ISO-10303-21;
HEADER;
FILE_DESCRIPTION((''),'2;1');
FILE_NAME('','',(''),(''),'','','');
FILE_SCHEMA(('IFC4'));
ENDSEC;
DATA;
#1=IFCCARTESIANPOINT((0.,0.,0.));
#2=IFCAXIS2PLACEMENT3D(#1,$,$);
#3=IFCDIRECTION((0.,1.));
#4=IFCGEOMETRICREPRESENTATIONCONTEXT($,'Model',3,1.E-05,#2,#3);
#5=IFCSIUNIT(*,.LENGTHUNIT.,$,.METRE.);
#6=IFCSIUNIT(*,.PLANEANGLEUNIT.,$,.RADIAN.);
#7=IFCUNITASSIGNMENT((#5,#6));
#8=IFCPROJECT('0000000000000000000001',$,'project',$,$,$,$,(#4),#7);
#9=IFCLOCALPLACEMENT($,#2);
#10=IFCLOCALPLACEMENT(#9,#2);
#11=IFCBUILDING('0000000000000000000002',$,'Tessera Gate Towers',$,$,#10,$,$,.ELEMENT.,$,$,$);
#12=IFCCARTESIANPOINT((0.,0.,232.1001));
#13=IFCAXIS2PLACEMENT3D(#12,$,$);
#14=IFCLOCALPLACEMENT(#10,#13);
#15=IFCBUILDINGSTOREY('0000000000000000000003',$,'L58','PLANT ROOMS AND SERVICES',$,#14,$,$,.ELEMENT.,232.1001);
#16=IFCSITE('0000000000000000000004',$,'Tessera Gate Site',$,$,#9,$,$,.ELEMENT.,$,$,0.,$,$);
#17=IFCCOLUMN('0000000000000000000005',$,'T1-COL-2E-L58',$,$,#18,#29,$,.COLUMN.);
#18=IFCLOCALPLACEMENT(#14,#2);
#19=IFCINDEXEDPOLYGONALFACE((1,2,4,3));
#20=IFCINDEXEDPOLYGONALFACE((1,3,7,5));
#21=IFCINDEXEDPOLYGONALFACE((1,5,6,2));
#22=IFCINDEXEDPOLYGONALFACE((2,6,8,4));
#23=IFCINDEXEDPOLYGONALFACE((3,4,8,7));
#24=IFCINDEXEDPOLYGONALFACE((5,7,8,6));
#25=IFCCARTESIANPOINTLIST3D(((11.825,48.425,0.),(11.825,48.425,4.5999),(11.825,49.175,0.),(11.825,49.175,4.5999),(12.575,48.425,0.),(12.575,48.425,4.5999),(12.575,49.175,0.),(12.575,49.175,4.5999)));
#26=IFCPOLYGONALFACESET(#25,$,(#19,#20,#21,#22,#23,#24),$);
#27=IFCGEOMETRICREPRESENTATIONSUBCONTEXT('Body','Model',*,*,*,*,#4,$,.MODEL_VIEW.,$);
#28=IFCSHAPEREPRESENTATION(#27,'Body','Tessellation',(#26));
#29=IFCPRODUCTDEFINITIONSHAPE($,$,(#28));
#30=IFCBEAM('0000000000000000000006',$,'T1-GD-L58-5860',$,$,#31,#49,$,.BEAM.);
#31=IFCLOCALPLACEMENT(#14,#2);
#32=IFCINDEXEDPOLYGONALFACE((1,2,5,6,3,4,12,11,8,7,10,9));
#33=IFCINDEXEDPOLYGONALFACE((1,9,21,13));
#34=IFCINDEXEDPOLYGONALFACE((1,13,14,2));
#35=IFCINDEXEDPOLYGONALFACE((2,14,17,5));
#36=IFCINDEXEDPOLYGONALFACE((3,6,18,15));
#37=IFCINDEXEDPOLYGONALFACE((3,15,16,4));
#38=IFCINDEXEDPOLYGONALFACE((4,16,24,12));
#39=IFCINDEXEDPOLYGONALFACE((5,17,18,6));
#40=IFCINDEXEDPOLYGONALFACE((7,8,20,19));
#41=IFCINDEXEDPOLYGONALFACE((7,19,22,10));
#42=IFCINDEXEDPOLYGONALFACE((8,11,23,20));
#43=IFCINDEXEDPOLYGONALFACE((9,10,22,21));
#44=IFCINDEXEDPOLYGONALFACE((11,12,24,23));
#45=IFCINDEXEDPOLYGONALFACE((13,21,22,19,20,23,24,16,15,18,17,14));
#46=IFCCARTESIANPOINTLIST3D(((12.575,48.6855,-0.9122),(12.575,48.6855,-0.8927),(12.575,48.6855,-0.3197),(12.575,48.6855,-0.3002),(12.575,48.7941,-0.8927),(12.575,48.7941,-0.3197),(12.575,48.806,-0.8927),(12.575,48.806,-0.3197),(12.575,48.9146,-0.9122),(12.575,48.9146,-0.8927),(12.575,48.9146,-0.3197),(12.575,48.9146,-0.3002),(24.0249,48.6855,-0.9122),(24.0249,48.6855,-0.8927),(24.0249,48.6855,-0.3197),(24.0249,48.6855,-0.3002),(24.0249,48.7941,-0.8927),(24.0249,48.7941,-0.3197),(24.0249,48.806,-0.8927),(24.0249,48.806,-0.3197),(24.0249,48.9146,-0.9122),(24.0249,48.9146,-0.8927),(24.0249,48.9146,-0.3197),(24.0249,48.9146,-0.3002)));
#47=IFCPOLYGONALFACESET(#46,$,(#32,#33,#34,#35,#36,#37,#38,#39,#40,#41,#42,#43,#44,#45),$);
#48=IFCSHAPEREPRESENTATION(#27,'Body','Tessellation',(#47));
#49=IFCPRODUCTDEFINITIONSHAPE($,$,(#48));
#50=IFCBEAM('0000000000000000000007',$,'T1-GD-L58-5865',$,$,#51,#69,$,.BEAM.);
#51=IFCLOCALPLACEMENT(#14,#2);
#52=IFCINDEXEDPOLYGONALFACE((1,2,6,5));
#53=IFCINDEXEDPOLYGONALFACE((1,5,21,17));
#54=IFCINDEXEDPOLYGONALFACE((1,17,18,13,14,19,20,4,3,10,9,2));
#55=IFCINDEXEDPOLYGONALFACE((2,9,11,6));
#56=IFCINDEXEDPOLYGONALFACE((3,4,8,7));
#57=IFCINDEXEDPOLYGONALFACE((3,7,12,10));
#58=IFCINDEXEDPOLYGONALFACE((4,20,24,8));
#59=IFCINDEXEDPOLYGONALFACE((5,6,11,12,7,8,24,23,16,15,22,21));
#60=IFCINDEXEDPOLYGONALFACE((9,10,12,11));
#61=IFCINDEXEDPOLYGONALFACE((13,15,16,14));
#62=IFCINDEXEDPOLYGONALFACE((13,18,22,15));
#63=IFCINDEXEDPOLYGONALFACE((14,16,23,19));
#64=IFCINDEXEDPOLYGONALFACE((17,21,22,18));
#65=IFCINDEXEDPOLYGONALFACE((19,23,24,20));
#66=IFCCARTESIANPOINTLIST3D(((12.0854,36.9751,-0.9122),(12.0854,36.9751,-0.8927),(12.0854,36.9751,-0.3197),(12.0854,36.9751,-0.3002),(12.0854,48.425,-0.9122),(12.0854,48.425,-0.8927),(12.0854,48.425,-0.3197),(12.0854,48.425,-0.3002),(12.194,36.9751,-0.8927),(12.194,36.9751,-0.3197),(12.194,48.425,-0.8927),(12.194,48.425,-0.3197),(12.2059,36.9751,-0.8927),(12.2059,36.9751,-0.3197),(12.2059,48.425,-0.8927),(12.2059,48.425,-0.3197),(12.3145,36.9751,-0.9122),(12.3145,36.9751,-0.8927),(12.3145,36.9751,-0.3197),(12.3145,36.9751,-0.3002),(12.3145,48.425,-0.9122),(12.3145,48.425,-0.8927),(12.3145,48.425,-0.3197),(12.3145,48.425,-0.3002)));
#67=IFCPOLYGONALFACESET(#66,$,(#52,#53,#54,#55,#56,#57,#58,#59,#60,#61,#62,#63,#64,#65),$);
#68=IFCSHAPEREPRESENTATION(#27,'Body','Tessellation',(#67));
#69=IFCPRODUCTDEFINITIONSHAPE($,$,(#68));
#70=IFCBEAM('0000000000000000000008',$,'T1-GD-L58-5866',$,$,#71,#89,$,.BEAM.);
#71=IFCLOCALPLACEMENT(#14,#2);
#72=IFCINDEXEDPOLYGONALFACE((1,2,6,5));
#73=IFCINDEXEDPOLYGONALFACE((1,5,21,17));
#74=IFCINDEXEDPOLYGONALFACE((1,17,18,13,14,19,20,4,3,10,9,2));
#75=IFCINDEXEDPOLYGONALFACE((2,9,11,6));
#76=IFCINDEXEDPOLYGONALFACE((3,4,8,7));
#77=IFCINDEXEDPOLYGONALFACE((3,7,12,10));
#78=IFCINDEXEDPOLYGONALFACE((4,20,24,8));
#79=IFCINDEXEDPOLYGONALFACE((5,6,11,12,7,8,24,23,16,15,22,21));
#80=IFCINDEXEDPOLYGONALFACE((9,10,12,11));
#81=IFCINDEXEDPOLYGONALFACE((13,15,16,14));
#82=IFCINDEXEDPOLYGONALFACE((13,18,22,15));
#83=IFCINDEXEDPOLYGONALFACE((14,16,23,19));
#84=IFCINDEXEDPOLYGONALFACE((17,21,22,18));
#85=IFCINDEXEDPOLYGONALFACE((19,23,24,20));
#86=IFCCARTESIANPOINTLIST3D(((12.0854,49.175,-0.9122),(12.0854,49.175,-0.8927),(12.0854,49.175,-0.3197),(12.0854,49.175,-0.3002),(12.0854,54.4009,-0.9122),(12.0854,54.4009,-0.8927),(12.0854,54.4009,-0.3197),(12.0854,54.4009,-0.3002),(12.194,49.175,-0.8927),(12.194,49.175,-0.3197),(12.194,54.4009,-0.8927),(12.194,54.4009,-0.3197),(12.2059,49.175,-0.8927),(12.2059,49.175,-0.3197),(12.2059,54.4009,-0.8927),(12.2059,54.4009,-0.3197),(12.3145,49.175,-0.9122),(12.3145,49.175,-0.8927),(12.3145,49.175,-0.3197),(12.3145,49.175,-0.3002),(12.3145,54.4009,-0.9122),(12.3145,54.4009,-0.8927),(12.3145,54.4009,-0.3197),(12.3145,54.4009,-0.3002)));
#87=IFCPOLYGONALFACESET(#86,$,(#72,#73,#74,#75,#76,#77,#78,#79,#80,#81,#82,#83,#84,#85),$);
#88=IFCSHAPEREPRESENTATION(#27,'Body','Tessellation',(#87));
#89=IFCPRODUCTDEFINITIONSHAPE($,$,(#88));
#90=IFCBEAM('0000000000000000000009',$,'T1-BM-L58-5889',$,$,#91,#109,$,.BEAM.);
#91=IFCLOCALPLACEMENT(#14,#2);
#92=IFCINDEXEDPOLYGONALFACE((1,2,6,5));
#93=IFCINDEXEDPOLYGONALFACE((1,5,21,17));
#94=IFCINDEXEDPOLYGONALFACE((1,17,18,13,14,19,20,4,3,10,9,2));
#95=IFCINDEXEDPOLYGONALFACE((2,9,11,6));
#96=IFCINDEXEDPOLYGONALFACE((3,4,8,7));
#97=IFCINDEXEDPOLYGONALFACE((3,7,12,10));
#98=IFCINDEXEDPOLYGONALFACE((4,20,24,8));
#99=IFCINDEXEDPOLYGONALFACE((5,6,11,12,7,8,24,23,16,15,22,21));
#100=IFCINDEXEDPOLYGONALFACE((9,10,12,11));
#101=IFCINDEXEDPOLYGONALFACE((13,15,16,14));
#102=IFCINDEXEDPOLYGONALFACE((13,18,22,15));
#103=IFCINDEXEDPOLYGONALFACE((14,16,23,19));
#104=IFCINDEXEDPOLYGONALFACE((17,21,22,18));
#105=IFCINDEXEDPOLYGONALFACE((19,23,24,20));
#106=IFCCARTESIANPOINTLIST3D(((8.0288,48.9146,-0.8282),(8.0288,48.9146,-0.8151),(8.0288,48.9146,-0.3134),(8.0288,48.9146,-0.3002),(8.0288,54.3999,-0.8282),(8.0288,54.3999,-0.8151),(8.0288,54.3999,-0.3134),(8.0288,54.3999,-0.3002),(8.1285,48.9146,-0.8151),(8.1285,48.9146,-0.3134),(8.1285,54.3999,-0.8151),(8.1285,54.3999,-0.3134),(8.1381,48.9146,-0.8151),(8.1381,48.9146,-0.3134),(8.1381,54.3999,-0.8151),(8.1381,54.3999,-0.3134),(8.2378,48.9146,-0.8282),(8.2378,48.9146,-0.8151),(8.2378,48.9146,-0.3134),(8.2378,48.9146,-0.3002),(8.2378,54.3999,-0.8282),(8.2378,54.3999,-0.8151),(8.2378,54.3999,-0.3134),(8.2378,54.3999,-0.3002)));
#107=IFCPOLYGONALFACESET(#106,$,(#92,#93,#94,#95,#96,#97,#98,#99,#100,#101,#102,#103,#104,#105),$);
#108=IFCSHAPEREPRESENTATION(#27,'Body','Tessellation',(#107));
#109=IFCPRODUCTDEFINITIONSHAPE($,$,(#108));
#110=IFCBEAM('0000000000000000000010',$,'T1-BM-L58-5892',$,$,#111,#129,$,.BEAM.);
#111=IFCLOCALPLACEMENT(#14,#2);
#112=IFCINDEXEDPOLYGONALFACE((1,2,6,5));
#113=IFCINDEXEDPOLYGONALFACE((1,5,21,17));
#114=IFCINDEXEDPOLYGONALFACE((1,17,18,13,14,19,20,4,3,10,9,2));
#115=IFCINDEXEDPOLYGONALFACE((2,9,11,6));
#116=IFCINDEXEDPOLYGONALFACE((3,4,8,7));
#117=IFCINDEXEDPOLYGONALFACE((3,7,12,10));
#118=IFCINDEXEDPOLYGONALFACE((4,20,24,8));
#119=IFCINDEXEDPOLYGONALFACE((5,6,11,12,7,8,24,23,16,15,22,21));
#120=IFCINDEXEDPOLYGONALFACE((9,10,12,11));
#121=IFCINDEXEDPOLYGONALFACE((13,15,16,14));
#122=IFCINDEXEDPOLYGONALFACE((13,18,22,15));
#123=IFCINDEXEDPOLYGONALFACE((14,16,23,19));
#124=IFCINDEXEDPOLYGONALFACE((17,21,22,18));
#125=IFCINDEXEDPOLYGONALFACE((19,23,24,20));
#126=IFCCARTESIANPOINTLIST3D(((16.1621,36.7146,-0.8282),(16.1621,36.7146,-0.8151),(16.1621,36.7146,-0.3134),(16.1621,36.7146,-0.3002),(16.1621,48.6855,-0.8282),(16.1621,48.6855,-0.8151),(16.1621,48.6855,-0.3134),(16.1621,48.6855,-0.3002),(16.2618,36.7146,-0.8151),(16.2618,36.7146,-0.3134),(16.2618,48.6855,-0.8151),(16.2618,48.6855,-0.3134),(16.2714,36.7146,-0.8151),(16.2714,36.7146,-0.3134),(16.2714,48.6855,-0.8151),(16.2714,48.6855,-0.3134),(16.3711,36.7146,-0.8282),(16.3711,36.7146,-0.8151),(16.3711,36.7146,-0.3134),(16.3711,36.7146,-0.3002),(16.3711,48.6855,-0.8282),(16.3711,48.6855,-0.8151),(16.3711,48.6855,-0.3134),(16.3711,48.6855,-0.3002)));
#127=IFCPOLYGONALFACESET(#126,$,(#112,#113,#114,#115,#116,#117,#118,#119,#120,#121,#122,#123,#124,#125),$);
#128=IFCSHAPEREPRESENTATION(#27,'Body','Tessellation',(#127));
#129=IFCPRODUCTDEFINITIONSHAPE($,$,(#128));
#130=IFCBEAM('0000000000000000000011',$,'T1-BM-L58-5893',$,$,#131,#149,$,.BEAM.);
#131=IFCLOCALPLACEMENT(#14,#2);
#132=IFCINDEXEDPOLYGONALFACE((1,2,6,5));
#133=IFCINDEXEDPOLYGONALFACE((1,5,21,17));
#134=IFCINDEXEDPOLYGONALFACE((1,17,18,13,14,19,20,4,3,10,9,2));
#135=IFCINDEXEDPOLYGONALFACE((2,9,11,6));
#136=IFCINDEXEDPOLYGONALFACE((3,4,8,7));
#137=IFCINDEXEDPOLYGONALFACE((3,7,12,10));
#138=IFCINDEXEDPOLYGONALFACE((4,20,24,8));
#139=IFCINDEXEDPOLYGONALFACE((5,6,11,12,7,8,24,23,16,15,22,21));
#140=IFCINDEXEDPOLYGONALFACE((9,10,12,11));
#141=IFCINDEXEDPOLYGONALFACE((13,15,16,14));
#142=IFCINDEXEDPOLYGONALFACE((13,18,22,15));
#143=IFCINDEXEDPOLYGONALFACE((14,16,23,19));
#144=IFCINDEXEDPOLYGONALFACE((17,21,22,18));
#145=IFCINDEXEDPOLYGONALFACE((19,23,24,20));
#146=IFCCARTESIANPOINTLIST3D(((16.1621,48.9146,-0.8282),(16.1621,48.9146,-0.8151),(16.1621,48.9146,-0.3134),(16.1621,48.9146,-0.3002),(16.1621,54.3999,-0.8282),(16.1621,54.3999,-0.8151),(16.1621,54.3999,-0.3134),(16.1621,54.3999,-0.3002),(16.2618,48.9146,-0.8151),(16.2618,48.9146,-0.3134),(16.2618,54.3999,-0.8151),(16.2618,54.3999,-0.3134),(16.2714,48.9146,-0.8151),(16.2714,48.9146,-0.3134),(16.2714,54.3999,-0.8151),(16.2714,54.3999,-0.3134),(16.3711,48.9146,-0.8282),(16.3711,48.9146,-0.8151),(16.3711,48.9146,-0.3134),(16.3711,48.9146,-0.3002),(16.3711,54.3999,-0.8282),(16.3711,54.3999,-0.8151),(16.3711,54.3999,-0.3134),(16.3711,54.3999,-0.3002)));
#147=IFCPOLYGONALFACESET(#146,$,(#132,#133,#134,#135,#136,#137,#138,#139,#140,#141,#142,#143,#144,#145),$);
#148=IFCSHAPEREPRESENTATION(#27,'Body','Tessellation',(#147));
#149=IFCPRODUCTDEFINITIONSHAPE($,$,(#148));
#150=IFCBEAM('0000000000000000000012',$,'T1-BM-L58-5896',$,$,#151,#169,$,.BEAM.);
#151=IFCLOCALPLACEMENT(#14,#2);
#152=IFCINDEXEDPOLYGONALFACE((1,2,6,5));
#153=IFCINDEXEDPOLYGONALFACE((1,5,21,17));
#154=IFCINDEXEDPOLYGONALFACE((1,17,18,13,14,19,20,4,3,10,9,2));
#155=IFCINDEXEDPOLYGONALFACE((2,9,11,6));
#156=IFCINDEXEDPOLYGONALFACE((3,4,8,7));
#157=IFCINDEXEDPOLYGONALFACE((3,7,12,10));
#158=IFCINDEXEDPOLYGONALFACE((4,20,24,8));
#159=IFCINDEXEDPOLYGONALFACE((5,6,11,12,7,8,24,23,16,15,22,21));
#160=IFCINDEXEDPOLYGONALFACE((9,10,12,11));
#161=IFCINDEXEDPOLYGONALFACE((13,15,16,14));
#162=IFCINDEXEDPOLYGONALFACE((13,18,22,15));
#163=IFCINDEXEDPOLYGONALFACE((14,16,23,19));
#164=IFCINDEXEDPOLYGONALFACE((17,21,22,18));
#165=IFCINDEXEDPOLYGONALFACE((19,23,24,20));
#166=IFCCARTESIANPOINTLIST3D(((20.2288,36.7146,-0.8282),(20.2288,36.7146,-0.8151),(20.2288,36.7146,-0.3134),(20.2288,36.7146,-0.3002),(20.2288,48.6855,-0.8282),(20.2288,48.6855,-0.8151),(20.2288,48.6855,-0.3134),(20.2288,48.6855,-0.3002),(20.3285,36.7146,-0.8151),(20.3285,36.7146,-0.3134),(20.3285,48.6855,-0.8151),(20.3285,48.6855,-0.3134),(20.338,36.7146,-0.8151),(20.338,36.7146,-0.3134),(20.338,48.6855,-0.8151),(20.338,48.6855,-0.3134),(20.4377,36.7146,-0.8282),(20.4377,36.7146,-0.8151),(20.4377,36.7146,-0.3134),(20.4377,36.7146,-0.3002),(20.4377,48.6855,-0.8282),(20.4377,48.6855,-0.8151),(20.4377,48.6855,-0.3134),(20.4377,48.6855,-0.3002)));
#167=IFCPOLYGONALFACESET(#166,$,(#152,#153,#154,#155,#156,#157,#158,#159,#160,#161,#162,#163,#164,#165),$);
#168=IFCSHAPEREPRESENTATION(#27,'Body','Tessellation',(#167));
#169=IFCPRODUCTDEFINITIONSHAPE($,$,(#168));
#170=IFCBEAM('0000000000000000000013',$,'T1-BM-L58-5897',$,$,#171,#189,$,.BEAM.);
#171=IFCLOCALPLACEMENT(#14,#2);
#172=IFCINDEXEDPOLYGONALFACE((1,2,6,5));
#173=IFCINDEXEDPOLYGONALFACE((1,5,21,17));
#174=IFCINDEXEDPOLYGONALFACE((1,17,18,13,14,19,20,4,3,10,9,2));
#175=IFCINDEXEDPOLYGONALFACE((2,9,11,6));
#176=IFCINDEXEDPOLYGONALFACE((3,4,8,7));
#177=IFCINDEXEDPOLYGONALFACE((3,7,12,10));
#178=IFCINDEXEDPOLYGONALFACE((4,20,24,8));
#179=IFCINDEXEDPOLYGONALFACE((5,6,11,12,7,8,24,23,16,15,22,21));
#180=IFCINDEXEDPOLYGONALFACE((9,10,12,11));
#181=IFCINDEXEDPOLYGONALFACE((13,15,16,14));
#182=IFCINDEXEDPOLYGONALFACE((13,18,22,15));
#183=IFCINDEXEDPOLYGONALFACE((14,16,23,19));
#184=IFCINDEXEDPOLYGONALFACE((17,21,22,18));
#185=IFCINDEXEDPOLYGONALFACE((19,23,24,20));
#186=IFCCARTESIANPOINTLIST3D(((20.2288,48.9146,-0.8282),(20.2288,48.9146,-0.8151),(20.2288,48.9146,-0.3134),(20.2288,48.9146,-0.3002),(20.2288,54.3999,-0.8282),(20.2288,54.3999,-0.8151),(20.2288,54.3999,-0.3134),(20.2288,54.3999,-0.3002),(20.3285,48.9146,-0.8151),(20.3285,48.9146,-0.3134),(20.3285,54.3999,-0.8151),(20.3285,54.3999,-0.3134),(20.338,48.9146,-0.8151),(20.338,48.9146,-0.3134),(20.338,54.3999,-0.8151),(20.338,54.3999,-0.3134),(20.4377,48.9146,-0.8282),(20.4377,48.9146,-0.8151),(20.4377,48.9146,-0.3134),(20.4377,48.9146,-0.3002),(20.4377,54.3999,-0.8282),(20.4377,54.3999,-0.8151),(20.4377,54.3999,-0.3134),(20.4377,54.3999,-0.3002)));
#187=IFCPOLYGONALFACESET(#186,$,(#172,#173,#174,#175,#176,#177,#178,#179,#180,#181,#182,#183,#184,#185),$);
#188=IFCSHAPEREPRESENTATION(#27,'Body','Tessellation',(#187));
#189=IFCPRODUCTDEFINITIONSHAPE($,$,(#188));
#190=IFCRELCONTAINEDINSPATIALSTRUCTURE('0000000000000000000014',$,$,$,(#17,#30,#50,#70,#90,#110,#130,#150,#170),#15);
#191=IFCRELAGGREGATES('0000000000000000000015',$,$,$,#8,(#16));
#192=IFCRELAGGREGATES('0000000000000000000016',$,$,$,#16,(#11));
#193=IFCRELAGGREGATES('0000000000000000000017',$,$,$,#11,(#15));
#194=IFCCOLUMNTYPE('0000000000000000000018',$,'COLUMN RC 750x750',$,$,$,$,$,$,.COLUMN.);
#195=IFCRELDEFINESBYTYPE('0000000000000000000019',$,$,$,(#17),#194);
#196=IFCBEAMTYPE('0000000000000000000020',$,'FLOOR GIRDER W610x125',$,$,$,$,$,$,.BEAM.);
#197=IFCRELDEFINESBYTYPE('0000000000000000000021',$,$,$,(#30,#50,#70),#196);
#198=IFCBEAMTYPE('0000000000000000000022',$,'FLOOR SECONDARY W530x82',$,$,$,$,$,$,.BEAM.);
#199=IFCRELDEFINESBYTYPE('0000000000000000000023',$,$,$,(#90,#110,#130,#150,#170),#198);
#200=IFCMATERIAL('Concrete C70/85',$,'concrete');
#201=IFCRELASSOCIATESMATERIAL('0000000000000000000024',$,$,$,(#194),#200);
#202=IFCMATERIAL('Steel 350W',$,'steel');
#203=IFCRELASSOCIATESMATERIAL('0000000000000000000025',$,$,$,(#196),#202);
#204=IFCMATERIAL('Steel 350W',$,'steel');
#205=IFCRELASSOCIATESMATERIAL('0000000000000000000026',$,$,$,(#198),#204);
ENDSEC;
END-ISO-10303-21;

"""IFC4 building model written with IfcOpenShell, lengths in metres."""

from ifc_helpers import new_model, si_unit, direction, frame, origin, origin_2d, place, context, subcontext, project, spatial, rectangle, i_section, extrude, material, material_profile, profile_set, type_object, element, save


model = new_model("IFC4")

# Units and contexts
model_context = context("Model", 3, precision=1e-05, world=origin(), true_north=direction((0.0, 1.0)))
body_context = subcontext(model_context, "Body", "Model", "MODEL_VIEW")
ifc_project = project(units=[si_unit("LENGTHUNIT", "METRE"), si_unit("PLANEANGLEUNIT", "RADIAN")], contexts=[model_context])

# Site, building, storey
site_placement = place(None, origin())
site = spatial("IfcSite", under=ifc_project, at=site_placement, Name="Tessera Gate Site", CompositionType="ELEMENT", RefElevation=0.0)
building_placement = place(site_placement, origin())
building = spatial("IfcBuilding", under=site, at=building_placement, Name="Tessera Gate Towers", CompositionType="ELEMENT")
storey_placement = place(building_placement, frame((0.0, 0.0, 232.1001)))
storey = spatial("IfcBuildingStorey", under=building, at=storey_placement, Name="L58", Description="PLANT ROOMS AND SERVICES", CompositionType="ELEMENT", Elevation=232.1001)

# Column
ifc_material_1 = material(Name="Concrete C70/85", Category="concrete")
ifc_material_profile_1 = material_profile(ifc_material_1, rectangle(XDim=0.75, YDim=0.75, at=origin_2d()), Name="RC 750x750")
ifc_profile_set_1 = profile_set([ifc_material_profile_1], Name="Concrete C70/85")
column_type = type_object("IfcColumnType", Name="COLUMN RC 750x750", PredefinedType="COLUMN", material=ifc_profile_set_1)
column_placement = place(storey_placement, frame((12.2, 48.8, 0.0), z_axis=(0.0, 0.0, 1.0), x_axis=(1.0, 0.0, 0.0)))
element("IfcColumn", 1, at=column_placement, inside=storey, type_object=column_type, Name="T1-COL-2E-L58", PredefinedType="COLUMN", context=body_context, shape_type="SweptSolid", body=[
    extrude(rectangle(XDim=0.75, YDim=0.75, at=origin_2d()), origin(), (0.0, 0.0, 1.0), 4.5999),
])

# Beams
ifc_material_2 = material(Name="Steel 350W", Category="steel")
ifc_material_profile_2 = material_profile(ifc_material_2, i_section(OverallWidth=0.229, OverallDepth=0.6121, WebThickness=0.012, FlangeThickness=0.0195, at=origin_2d()), Name="W610x125")
ifc_profile_set_2 = profile_set([ifc_material_profile_2], Name="Steel 350W")
beam_type_1 = type_object("IfcBeamType", Name="FLOOR GIRDER W610x125", PredefinedType="BEAM", material=ifc_profile_set_2)
for number, where, z_axis, x_axis, name in (
    (2, (12.575, 48.8, -0.6062), (1.0, 0.0, 0.0), (0.0, 1.0, 0.0), "T1-GD-L58-5860"),
    (3, (12.2, 36.9751, -0.6062), (0.0, 1.0, 0.0), (-1.0, 0.0, 0.0), "T1-GD-L58-5865"),
):
    element("IfcBeam", number, at=place(storey_placement, frame(where, z_axis=z_axis, x_axis=x_axis)), inside=storey, type_object=beam_type_1, Name=name, PredefinedType="BEAM", context=body_context, shape_type="SweptSolid", body=[
        extrude(i_section(OverallWidth=0.229, OverallDepth=0.6121, WebThickness=0.012, FlangeThickness=0.0195, at=origin_2d()), origin(), (0.0, 0.0, 1.0), 11.45),
    ])
beam_1_placement = place(storey_placement, frame((12.2, 49.175, -0.6062), z_axis=(0.0, 1.0, 0.0), x_axis=(-1.0, 0.0, 0.0)))
element("IfcBeam", 4, at=beam_1_placement, inside=storey, type_object=beam_type_1, Name="T1-GD-L58-5866", PredefinedType="BEAM", context=body_context, shape_type="SweptSolid", body=[
    extrude(i_section(OverallWidth=0.229, OverallDepth=0.6121, WebThickness=0.012, FlangeThickness=0.0195, at=origin_2d()), origin(), (0.0, 0.0, 1.0), 5.2258),
])
ifc_material_3 = material(Name="Steel 350W", Category="steel")
ifc_material_profile_3 = material_profile(ifc_material_3, i_section(OverallWidth=0.209, OverallDepth=0.5281, WebThickness=0.0095, FlangeThickness=0.0132, at=origin_2d()), Name="W530x82")
ifc_profile_set_3 = profile_set([ifc_material_profile_3], Name="Steel 350W")
beam_type_2 = type_object("IfcBeamType", Name="FLOOR SECONDARY W530x82", PredefinedType="BEAM", material=ifc_profile_set_3)
beam_2_placement = place(storey_placement, frame((8.1333, 48.9146, -0.5642), z_axis=(0.0, 1.0, 0.0), x_axis=(-1.0, 0.0, 0.0)))
element("IfcBeam", 5, at=beam_2_placement, inside=storey, type_object=beam_type_2, Name="T1-BM-L58-5889", PredefinedType="BEAM", context=body_context, shape_type="SweptSolid", body=[
    extrude(i_section(OverallWidth=0.209, OverallDepth=0.5281, WebThickness=0.0095, FlangeThickness=0.0132, at=origin_2d()), origin(), (0.0, 0.0, 1.0), 5.4854),
])
beam_3_placement = place(storey_placement, frame((16.2666, 36.7146, -0.5642), z_axis=(0.0, 1.0, 0.0), x_axis=(-1.0, 0.0, 0.0)))
element("IfcBeam", 6, at=beam_3_placement, inside=storey, type_object=beam_type_2, Name="T1-BM-L58-5892", PredefinedType="BEAM", context=body_context, shape_type="SweptSolid", body=[
    extrude(i_section(OverallWidth=0.209, OverallDepth=0.5281, WebThickness=0.0095, FlangeThickness=0.0132, at=origin_2d()), origin(), (0.0, 0.0, 1.0), 11.9709),
])
beam_4_placement = place(storey_placement, frame((16.2666, 48.9146, -0.5642), z_axis=(0.0, 1.0, 0.0), x_axis=(-1.0, 0.0, 0.0)))
element("IfcBeam", 7, at=beam_4_placement, inside=storey, type_object=beam_type_2, Name="T1-BM-L58-5893", PredefinedType="BEAM", context=body_context, shape_type="SweptSolid", body=[
    extrude(i_section(OverallWidth=0.209, OverallDepth=0.5281, WebThickness=0.0095, FlangeThickness=0.0132, at=origin_2d()), origin(), (0.0, 0.0, 1.0), 5.4854),
])
beam_5_placement = place(storey_placement, frame((20.3333, 36.7146, -0.5642), z_axis=(0.0, 1.0, 0.0), x_axis=(-1.0, 0.0, 0.0)))
element("IfcBeam", 8, at=beam_5_placement, inside=storey, type_object=beam_type_2, Name="T1-BM-L58-5896", PredefinedType="BEAM", context=body_context, shape_type="SweptSolid", body=[
    extrude(i_section(OverallWidth=0.209, OverallDepth=0.5281, WebThickness=0.0095, FlangeThickness=0.0132, at=origin_2d()), origin(), (0.0, 0.0, 1.0), 11.9709),
])
beam_6_placement = place(storey_placement, frame((20.3333, 48.9146, -0.5642), z_axis=(0.0, 1.0, 0.0), x_axis=(-1.0, 0.0, 0.0)))
element("IfcBeam", 9, at=beam_6_placement, inside=storey, type_object=beam_type_2, Name="T1-BM-L58-5897", PredefinedType="BEAM", context=body_context, shape_type="SweptSolid", body=[
    extrude(i_section(OverallWidth=0.209, OverallDepth=0.5281, WebThickness=0.0095, FlangeThickness=0.0132, at=origin_2d()), origin(), (0.0, 0.0, 1.0), 5.4854),
])

save(model, "model.ifc")
